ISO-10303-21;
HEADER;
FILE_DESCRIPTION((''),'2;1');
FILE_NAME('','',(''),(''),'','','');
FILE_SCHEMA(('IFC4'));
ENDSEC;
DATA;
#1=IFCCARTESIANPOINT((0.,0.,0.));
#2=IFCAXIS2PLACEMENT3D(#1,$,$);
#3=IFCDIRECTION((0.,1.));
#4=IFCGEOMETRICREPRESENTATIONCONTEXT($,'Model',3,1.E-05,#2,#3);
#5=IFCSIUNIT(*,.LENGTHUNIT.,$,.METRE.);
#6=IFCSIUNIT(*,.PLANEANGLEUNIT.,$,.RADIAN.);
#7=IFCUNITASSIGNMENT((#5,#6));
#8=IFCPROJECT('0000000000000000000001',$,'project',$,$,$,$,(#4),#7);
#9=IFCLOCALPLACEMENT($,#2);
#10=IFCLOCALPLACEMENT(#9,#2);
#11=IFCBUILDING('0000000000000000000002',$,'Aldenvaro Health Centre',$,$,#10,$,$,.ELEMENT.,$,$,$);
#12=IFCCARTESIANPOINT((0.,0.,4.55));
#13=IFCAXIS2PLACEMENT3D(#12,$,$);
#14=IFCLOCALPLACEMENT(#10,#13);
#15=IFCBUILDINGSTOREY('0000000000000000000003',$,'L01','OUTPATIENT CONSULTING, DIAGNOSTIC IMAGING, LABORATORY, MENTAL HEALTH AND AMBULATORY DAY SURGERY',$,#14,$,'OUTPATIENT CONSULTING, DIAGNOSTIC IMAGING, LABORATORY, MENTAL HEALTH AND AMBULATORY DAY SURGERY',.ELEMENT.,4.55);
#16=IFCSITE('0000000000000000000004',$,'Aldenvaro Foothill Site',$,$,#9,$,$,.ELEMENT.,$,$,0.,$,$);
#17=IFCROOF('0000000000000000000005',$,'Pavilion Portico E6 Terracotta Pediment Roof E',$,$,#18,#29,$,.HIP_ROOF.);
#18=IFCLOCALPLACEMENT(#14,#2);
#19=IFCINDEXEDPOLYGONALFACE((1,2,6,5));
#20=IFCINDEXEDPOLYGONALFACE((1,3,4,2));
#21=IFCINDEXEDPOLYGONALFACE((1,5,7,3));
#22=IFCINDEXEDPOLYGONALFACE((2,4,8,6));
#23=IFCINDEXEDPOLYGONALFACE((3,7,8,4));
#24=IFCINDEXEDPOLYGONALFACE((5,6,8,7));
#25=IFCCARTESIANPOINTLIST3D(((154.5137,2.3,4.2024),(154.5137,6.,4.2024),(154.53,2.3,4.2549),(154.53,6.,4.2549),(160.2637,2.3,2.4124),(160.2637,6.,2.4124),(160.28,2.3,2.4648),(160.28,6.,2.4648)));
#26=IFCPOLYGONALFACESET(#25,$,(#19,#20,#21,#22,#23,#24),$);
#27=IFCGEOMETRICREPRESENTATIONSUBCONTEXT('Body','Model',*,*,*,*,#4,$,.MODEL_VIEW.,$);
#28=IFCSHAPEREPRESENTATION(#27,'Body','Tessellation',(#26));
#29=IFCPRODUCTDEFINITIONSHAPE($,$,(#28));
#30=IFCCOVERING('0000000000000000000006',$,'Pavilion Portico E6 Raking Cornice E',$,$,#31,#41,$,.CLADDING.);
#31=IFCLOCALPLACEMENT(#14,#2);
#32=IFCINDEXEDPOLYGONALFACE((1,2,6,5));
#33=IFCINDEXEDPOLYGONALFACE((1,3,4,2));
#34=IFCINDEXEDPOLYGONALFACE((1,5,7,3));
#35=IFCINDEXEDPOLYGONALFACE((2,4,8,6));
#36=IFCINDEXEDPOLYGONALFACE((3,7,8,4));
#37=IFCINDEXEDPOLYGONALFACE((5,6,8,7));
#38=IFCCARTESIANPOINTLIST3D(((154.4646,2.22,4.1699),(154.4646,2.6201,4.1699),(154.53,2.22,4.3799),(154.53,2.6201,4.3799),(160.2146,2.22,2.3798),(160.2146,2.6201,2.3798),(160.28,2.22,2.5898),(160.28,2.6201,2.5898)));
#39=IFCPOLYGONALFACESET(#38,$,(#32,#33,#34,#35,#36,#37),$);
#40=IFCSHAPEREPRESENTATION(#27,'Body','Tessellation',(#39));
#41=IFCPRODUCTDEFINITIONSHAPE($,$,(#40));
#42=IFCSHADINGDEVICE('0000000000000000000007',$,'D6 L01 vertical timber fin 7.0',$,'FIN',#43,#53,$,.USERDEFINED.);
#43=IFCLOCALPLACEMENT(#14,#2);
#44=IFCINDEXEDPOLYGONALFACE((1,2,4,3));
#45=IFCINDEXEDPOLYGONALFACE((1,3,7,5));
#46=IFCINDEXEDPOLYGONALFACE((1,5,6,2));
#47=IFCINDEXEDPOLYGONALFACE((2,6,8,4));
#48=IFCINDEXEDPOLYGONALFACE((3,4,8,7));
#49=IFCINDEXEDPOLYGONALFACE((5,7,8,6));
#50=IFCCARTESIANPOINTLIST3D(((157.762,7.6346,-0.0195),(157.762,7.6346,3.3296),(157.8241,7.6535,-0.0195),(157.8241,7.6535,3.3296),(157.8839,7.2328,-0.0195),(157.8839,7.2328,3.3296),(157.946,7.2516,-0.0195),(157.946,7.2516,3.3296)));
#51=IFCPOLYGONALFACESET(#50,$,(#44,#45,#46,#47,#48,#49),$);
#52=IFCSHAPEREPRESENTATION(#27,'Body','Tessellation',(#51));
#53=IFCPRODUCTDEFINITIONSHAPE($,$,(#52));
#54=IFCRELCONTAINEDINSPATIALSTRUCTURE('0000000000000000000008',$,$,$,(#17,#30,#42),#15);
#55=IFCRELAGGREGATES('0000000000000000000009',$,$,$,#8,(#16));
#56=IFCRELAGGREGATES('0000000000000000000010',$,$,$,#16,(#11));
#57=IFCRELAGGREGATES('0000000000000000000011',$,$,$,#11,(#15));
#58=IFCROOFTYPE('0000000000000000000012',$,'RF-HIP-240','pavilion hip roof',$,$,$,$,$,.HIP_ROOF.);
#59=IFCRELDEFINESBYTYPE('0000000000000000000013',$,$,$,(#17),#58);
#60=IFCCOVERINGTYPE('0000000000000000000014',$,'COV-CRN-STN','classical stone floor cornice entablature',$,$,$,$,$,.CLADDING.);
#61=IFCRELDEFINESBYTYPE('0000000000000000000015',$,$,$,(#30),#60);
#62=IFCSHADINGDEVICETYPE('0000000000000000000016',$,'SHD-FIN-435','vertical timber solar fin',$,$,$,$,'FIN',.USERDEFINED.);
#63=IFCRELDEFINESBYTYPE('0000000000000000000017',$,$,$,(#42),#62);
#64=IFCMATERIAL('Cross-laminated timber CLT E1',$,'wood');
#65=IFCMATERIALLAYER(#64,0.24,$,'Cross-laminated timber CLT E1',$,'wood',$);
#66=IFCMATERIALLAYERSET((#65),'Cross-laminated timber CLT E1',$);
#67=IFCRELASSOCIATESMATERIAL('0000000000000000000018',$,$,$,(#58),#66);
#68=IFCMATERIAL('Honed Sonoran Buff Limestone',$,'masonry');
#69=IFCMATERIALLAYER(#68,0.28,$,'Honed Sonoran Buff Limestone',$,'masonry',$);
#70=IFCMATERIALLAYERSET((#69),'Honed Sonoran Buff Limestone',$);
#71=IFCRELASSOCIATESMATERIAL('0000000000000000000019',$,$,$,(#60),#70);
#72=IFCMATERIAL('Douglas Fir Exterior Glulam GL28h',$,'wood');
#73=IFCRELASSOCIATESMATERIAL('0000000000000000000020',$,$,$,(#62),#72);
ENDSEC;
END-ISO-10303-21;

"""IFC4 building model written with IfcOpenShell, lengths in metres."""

from ifc_helpers import new_model, si_unit, direction, frame, origin, origin_2d, place, context, subcontext, project, spatial, polyline, rectangle, outline, extrude, material, layer, layer_set, type_object, element, save


model = new_model("IFC4")

# Units and contexts
model_context = context("Model", 3, precision=1e-05, world=origin(), true_north=direction((0.0, 1.0)))
body_context = subcontext(model_context, "Body", "Model", "MODEL_VIEW")
ifc_project = project(units=[si_unit("LENGTHUNIT", "METRE"), si_unit("PLANEANGLEUNIT", "RADIAN")], contexts=[model_context])

# Site, building, storey
site_placement = place(None, origin())
site = spatial("IfcSite", under=ifc_project, at=site_placement, Name="Aldenvaro Foothill Site", CompositionType="ELEMENT", RefElevation=0.0)
building_placement = place(site_placement, origin())
building = spatial("IfcBuilding", under=site, at=building_placement, Name="Aldenvaro Health Centre", CompositionType="ELEMENT")
storey_placement = place(building_placement, frame((0.0, 0.0, 4.55)))
storey = spatial("IfcBuildingStorey", under=building, at=storey_placement, Name="L01", Description="OUTPATIENT CONSULTING, DIAGNOSTIC IMAGING, LABORATORY, MENTAL HEALTH AND AMBULATORY DAY SURGERY", LongName="OUTPATIENT CONSULTING, DIAGNOSTIC IMAGING, LABORATORY, MENTAL HEALTH AND AMBULATORY DAY SURGERY", CompositionType="ELEMENT", Elevation=4.55)

# Shared definitions
ifc_material_1 = material(Name="Cross-laminated timber CLT E1", Category="wood")

# Roof
ifc_layer_1 = layer(ifc_material_1, 0.24, Name="Cross-laminated timber CLT E1", Category="wood")
ifc_layer_set_1 = layer_set([ifc_layer_1], Name="Cross-laminated timber CLT E1")
roof_type = type_object("IfcRoofType", Name="RF-HIP-240", Description="pavilion hip roof", PredefinedType="HIP_ROOF", material=ifc_layer_set_1)
roof_placement = place(storey_placement, frame((154.53, 2.3, 4.2549), z_axis=(0.297241, 0.0, 0.954803), x_axis=(0.954803, 0.0, -0.297241)))
element("IfcRoof", 1, at=roof_placement, inside=storey, type_object=roof_type, Name="Pavilion Portico E6 Terracotta Pediment Roof E", PredefinedType="HIP_ROOF", context=body_context, shape_type="SweptSolid", body=[
    extrude(outline(polyline([(0.0, 0.0), (6.0222, 0.0), (6.0222, 3.7), (0.0, 3.7), (0.0, 0.0)])), origin(), (0.0, 0.0, -1.0), 0.0549),
])

# Covering
ifc_material_2 = material(Name="Honed Sonoran Buff Limestone", Category="masonry")
ifc_layer_2 = layer(ifc_material_2, 0.28, Name="Honed Sonoran Buff Limestone", Category="masonry")
ifc_layer_set_2 = layer_set([ifc_layer_2], Name="Honed Sonoran Buff Limestone")
covering_type = type_object("IfcCoveringType", Name="COV-CRN-STN", Description="classical stone floor cornice entablature", PredefinedType="CLADDING", material=ifc_layer_set_2)
covering_placement = place(storey_placement, frame((154.53, 2.22, 4.3799), z_axis=(0.297241, 0.0, 0.954803), x_axis=(0.954803, 0.0, -0.297241)))
element("IfcCovering", 2, at=covering_placement, inside=storey, type_object=covering_type, Name="Pavilion Portico E6 Raking Cornice E", PredefinedType="CLADDING", context=body_context, shape_type="SweptSolid", body=[
    extrude(outline(polyline([(0.0, 0.0), (6.0222, 0.0), (6.0222, 0.4001), (0.0, 0.4001), (0.0, 0.0)])), origin(), (0.0, 0.0, -1.0), 0.22),
])

# Shading device
ifc_material_3 = material(Name="Douglas Fir Exterior Glulam GL28h", Category="wood")
shading_device_type = type_object("IfcShadingDeviceType", Name="SHD-FIN-435", Description="vertical timber solar fin", ElementType="FIN", PredefinedType="USERDEFINED", material=ifc_material_3)
shading_device_placement = place(storey_placement, frame((157.854, 7.4431, -0.0195), z_axis=(0.0, 0.0, 1.0), x_axis=(-0.956923, -0.290343, 0.0)))
element("IfcShadingDevice", 3, at=shading_device_placement, inside=storey, type_object=shading_device_type, Name="D6 L01 vertical timber fin 7.0", ObjectType="FIN", PredefinedType="USERDEFINED", context=body_context, shape_type="SweptSolid", body=[
    extrude(rectangle(XDim=0.0649, YDim=0.4199, at=origin_2d()), origin(), (0.0, 0.0, 1.0), 3.3491),
])

save(model, "model.ifc")
